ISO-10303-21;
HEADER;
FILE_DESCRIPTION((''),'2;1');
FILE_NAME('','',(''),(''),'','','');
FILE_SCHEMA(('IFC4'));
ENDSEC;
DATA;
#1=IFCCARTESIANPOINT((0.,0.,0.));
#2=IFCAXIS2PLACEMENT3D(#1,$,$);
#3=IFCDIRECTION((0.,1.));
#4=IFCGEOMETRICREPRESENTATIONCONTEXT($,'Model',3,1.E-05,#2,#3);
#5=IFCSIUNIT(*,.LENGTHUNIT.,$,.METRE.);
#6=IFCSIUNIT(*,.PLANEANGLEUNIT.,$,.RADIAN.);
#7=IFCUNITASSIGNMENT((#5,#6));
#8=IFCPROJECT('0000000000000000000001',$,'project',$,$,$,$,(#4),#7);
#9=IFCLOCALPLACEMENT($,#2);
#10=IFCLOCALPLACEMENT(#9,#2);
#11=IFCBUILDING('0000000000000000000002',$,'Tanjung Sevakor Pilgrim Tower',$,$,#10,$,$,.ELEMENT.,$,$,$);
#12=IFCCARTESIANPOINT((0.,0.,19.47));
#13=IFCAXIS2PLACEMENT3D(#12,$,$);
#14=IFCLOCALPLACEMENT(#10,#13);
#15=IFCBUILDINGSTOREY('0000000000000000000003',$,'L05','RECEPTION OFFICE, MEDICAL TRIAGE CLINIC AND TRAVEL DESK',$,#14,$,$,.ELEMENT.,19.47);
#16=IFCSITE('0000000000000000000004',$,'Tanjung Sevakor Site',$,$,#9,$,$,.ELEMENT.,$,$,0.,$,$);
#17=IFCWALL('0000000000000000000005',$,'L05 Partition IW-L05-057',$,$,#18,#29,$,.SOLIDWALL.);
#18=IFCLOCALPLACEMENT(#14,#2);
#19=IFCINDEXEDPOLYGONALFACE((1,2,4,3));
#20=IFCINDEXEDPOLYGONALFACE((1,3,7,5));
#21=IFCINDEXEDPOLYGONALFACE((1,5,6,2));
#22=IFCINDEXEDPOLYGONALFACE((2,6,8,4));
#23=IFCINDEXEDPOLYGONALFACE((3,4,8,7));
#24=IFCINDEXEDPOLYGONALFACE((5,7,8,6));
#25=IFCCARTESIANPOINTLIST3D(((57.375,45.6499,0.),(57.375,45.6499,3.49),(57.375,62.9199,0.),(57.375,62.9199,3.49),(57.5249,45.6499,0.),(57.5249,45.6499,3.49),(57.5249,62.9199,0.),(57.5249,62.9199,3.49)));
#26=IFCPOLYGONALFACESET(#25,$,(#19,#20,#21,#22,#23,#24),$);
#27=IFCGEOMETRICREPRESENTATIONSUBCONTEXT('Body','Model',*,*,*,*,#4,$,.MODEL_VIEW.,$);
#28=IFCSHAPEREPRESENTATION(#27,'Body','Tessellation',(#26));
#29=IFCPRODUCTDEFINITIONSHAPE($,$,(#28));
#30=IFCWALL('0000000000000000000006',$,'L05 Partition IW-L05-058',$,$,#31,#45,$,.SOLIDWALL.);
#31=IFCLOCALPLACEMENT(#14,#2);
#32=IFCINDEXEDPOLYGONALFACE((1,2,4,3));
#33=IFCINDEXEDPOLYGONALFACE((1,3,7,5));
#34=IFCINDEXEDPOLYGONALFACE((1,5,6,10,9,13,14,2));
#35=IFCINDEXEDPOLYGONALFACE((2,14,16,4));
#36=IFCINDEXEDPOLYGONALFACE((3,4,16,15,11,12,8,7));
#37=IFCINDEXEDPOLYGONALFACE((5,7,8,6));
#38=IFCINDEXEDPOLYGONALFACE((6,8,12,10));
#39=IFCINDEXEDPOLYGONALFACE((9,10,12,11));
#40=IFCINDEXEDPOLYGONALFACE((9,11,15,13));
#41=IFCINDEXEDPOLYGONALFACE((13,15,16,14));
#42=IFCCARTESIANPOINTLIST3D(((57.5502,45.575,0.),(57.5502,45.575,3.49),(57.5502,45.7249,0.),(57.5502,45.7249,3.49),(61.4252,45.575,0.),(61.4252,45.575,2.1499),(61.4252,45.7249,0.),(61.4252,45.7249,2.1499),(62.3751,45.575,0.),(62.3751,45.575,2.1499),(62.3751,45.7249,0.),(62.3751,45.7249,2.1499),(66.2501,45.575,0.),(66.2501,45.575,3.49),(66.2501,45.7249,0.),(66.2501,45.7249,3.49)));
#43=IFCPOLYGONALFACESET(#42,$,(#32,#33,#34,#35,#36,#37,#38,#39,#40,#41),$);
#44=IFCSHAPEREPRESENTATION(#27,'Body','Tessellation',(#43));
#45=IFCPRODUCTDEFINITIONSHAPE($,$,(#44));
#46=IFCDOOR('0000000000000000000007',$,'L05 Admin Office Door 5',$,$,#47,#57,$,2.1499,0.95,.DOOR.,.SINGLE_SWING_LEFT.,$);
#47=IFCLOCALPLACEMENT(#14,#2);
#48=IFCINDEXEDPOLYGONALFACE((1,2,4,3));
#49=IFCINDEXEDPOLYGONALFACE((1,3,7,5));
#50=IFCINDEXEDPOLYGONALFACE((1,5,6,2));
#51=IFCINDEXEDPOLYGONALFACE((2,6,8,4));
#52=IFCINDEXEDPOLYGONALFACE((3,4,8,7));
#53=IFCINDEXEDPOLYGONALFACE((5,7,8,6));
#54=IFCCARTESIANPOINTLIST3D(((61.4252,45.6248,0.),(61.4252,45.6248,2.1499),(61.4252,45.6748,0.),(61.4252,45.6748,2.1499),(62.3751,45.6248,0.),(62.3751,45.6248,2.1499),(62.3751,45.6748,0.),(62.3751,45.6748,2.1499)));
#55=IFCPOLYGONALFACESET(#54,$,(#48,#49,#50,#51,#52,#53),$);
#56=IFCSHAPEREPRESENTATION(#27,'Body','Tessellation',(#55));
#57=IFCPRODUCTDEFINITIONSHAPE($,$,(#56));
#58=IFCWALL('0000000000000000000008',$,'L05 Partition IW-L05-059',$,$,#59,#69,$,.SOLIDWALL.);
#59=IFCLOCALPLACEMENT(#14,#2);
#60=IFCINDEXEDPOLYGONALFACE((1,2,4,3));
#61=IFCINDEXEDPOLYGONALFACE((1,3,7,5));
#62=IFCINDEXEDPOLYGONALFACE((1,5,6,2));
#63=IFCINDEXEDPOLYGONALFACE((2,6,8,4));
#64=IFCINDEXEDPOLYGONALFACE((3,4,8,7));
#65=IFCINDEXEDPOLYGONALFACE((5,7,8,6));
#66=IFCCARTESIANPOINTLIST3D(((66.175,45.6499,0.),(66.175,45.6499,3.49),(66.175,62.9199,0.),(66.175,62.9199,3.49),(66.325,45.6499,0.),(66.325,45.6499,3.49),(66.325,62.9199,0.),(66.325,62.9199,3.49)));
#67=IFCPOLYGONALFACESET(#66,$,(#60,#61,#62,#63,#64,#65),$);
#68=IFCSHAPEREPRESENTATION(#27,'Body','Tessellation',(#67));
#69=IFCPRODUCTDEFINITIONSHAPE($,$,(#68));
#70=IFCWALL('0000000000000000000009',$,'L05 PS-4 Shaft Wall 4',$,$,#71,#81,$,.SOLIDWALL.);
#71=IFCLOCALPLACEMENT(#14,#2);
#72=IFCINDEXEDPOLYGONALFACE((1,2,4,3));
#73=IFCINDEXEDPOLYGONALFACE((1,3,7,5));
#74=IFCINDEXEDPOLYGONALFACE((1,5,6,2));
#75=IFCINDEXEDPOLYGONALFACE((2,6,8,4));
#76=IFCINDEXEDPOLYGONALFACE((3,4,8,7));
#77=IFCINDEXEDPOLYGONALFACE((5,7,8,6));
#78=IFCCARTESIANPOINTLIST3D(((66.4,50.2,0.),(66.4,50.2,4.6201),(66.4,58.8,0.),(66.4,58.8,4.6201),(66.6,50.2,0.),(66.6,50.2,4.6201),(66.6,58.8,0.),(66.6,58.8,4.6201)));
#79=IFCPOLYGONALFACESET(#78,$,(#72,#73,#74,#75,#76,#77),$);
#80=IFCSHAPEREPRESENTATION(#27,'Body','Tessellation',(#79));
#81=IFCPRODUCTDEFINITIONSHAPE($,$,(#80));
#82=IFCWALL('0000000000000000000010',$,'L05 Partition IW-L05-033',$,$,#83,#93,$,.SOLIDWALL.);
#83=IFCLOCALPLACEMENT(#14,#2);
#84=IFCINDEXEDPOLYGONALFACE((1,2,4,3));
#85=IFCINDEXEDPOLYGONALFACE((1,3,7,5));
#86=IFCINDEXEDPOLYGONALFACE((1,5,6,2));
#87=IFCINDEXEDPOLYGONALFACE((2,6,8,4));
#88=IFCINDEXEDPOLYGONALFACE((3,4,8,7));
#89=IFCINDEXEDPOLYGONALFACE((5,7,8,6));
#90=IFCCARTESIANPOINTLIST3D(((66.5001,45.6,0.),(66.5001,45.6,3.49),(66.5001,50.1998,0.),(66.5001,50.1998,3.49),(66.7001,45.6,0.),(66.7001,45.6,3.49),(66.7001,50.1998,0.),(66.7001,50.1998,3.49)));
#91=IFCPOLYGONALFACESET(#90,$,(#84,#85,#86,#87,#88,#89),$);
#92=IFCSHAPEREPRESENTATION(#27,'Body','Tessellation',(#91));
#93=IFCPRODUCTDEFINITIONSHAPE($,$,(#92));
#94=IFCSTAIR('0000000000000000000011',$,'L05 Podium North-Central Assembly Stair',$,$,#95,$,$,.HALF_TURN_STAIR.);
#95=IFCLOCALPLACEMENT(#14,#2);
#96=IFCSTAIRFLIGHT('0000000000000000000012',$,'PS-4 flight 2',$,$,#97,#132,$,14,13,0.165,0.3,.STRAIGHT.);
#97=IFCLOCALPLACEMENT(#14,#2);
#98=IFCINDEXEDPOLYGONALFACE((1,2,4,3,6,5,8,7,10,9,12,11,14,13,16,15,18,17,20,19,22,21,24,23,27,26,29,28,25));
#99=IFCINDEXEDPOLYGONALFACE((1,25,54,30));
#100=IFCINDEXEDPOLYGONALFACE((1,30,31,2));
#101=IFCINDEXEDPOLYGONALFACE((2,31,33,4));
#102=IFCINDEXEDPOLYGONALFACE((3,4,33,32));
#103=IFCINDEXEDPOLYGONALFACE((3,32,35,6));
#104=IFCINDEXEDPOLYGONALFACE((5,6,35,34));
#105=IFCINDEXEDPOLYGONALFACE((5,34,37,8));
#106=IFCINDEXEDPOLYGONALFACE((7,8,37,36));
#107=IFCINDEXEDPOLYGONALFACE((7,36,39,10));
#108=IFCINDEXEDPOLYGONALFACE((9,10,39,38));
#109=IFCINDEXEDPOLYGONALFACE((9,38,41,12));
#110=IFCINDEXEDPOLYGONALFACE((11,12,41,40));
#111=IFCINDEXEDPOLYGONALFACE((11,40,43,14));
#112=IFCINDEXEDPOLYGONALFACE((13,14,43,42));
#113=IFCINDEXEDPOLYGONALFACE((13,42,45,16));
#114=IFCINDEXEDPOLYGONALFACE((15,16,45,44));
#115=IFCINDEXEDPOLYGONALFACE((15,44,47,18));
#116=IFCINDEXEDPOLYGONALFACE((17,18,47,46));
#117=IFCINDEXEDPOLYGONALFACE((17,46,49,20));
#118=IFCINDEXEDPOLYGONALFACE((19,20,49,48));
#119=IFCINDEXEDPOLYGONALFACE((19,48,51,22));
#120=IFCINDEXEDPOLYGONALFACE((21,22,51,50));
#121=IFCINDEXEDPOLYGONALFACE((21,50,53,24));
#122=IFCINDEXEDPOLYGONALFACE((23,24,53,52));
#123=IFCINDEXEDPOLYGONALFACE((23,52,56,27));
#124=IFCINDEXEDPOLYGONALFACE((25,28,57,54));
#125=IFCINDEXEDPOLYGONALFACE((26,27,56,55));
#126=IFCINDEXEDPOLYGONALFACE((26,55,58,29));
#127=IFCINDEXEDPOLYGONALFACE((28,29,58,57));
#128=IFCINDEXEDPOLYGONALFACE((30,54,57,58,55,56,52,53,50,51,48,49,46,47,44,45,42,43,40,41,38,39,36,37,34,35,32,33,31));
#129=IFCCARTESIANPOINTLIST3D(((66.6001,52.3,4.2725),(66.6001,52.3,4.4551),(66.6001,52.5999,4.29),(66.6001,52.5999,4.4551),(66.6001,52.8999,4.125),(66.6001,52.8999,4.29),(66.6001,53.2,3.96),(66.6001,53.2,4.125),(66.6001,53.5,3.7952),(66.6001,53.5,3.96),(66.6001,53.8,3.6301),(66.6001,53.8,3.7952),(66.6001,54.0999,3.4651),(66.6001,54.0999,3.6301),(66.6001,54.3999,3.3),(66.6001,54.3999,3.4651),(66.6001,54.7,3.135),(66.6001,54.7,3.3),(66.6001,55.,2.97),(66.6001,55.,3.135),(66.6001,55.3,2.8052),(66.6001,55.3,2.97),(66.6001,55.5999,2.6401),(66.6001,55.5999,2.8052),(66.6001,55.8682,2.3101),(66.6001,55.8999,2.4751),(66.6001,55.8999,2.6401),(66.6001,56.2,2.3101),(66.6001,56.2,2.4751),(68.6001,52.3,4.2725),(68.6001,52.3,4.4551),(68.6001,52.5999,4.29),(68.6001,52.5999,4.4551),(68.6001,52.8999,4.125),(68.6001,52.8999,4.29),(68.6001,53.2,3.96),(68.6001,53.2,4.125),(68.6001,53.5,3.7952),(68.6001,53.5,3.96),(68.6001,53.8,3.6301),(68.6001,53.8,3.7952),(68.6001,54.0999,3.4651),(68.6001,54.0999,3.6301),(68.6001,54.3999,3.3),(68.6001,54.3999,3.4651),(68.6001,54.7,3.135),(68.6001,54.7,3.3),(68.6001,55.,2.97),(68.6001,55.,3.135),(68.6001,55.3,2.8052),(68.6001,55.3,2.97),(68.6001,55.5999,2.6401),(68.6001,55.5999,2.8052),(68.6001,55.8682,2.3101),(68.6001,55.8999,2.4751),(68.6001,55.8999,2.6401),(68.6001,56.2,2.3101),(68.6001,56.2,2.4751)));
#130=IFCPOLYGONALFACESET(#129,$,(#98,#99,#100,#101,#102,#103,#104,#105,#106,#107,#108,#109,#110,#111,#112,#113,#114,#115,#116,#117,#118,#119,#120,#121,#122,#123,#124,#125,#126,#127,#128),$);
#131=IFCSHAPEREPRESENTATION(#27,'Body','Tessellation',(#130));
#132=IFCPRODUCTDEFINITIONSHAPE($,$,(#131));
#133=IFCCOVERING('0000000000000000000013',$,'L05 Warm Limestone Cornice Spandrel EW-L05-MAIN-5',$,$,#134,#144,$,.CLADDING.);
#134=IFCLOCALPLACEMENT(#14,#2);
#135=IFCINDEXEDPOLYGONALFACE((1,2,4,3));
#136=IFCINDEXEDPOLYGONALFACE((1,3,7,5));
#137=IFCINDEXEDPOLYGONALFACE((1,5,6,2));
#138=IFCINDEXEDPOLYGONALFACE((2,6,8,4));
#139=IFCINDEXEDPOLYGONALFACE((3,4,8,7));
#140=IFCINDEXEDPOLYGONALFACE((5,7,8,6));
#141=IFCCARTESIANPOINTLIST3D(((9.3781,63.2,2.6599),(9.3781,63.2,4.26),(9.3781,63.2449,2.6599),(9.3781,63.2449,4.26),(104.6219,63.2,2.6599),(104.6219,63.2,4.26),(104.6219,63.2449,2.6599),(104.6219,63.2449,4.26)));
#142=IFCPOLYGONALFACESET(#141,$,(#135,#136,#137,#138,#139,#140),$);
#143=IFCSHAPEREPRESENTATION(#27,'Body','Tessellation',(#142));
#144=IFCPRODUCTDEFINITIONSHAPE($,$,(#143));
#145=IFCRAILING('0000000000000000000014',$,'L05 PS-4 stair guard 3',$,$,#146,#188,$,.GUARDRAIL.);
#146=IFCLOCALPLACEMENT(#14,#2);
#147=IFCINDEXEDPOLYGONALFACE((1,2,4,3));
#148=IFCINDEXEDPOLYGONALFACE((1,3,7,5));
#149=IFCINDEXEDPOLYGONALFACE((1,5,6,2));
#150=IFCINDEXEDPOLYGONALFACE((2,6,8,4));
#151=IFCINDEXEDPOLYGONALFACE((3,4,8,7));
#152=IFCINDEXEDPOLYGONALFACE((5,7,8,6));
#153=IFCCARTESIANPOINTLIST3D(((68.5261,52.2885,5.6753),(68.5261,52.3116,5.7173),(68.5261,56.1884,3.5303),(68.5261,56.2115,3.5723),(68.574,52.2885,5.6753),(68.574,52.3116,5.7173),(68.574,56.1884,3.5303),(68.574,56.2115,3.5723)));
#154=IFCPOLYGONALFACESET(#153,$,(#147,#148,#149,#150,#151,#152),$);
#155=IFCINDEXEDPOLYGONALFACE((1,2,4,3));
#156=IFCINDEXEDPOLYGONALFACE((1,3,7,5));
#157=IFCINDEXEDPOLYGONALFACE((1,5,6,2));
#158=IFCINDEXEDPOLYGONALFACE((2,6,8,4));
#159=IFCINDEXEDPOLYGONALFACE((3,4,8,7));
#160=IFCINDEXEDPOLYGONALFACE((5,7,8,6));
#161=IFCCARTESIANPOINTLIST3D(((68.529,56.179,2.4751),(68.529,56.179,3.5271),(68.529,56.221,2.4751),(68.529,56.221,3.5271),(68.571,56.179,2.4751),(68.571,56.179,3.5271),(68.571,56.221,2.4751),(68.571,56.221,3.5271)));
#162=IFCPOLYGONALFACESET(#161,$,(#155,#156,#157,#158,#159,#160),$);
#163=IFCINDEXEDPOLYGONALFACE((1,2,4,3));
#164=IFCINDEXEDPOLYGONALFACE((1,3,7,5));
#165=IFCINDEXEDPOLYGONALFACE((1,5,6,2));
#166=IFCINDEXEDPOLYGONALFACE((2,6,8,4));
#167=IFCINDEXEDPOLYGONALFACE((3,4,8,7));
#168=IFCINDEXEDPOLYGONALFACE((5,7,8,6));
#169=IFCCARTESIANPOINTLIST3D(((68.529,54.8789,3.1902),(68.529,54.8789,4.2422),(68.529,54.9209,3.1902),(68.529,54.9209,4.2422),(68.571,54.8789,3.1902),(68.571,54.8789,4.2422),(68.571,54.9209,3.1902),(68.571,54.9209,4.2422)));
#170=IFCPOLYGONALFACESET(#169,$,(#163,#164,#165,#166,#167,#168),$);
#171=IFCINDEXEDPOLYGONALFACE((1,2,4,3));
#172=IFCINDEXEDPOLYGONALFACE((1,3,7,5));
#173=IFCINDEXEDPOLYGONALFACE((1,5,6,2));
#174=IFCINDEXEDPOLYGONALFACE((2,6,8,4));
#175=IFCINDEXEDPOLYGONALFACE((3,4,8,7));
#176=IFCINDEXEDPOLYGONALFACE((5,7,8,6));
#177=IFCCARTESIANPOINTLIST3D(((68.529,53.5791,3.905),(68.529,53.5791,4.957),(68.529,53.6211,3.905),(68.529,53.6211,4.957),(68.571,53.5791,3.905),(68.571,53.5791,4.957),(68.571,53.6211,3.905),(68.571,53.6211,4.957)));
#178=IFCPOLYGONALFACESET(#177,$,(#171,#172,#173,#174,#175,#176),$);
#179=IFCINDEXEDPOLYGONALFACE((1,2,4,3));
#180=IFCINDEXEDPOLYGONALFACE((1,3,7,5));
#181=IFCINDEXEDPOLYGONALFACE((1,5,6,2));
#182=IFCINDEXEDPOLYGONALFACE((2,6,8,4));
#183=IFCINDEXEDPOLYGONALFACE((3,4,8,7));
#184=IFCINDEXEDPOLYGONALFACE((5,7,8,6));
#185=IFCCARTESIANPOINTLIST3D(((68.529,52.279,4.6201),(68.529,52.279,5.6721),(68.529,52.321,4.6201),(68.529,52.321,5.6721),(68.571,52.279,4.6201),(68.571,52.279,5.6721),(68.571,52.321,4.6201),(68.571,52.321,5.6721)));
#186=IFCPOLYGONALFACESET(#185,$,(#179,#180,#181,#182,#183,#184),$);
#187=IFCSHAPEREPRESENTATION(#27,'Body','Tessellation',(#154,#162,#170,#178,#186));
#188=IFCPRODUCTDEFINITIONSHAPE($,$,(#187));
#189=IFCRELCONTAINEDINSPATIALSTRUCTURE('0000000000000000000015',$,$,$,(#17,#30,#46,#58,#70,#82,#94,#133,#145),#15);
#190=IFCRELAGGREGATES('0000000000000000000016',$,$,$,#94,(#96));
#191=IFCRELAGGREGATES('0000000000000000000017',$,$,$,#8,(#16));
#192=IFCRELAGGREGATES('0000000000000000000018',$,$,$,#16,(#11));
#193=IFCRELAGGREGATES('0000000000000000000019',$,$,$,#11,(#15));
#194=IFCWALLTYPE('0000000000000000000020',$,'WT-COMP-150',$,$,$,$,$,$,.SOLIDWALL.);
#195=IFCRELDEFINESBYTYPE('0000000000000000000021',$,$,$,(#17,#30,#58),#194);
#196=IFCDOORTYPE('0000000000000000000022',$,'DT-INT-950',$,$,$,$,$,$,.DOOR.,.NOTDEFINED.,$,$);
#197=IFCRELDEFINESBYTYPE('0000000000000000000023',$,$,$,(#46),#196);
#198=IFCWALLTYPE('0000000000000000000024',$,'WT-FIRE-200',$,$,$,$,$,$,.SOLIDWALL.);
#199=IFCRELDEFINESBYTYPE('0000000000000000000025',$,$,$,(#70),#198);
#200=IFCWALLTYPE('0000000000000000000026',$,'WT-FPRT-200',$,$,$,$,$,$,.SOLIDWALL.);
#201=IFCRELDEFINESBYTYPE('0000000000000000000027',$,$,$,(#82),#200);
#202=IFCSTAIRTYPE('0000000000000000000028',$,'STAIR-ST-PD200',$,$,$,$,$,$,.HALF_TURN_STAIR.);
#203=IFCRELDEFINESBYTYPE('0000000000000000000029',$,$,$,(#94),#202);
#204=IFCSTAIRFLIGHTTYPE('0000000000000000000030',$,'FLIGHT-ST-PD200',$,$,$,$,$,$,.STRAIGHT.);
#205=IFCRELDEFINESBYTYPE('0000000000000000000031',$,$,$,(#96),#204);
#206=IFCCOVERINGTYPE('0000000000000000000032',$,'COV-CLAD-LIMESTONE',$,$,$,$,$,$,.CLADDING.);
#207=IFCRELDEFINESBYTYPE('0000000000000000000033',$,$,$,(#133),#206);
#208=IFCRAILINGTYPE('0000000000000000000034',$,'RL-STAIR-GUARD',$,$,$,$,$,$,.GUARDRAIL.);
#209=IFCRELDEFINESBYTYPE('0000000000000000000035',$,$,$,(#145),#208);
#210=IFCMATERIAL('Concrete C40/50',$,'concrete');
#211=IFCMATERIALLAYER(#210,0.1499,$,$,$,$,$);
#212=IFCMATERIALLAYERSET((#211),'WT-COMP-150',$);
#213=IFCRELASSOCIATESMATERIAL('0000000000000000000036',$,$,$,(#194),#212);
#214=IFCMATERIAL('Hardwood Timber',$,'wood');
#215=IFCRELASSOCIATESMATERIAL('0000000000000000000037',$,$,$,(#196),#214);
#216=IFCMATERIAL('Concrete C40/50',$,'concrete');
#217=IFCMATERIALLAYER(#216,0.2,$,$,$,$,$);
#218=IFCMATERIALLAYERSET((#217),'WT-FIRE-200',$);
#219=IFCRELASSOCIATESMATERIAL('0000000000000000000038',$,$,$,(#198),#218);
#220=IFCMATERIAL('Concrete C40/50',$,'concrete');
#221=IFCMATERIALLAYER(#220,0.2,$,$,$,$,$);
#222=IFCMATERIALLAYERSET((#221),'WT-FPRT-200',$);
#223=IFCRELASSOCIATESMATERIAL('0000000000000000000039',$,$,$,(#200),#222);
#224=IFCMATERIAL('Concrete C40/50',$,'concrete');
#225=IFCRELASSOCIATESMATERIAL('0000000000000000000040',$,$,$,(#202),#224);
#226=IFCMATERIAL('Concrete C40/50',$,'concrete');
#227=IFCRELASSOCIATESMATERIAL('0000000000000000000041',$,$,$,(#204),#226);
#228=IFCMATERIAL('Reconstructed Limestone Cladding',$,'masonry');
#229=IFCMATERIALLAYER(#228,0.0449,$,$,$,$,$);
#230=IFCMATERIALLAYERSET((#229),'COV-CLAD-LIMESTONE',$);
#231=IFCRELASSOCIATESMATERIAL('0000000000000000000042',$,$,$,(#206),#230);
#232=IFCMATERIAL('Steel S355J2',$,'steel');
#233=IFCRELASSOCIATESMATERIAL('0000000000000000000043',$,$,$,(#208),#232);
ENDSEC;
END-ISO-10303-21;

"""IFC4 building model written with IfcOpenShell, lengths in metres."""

from ifc_helpers import new_model, si_unit, direction, frame, frame_2d, origin, origin_2d, place, context, subcontext, project, spatial, polyline, rectangle, outline, extrude, material, layer, layer_set, type_object, element, fill, aggregate, save


model = new_model("IFC4")

# Units and contexts
model_context = context("Model", 3, precision=1e-05, world=origin(), true_north=direction((0.0, 1.0)))
body_context = subcontext(model_context, "Body", "Model", "MODEL_VIEW")
ifc_project = project(units=[si_unit("LENGTHUNIT", "METRE"), si_unit("PLANEANGLEUNIT", "RADIAN")], contexts=[model_context])

# Site, building, storey
site_placement = place(None, origin())
site = spatial("IfcSite", under=ifc_project, at=site_placement, Name="Tanjung Sevakor Site", CompositionType="ELEMENT", RefElevation=0.0)
building_placement = place(site_placement, origin())
building = spatial("IfcBuilding", under=site, at=building_placement, Name="Tanjung Sevakor Pilgrim Tower", CompositionType="ELEMENT")
storey_placement = place(building_placement, frame((0.0, 0.0, 19.47)))
storey = spatial("IfcBuildingStorey", under=building, at=storey_placement, Name="L05", Description="RECEPTION OFFICE, MEDICAL TRIAGE CLINIC AND TRAVEL DESK", CompositionType="ELEMENT", Elevation=19.47)

# Wall
ifc_material_1 = material(Name="Concrete C40/50", Category="concrete")
ifc_layer_1 = layer(ifc_material_1, 0.1499)
ifc_layer_set_1 = layer_set([ifc_layer_1], Name="WT-COMP-150")
wall_type_1 = type_object("IfcWallType", Name="WT-COMP-150", PredefinedType="SOLIDWALL", material=ifc_layer_set_1)
wall_1_placement = place(storey_placement, frame((57.45, 45.6499, 0.0), z_axis=(0.0, 0.0, 1.0), x_axis=(0.0, 1.0, 0.0)))
element("IfcWall", 1, at=wall_1_placement, inside=storey, type_object=wall_type_1, Name="L05 Partition IW-L05-057", PredefinedType="SOLIDWALL", context=body_context, shape_type="SweptSolid", body=[
    extrude(rectangle(XDim=17.27, YDim=0.1499, at=frame_2d((8.635, 0.0))), origin(), (0.0, 0.0, 1.0), 3.49),
])

# Wall, opening, door
wall_2_placement = place(storey_placement, frame((57.55, 45.6499, 0.0), z_axis=(0.0, 0.0, 1.0), x_axis=(1.0, 0.0, 0.0)))
wall_2 = element("IfcWall", 2, at=wall_2_placement, inside=storey, type_object=wall_type_1, Name="L05 Partition IW-L05-058", PredefinedType="SOLIDWALL", context=body_context, shape_type="SweptSolid", body=[
    extrude(rectangle(XDim=8.7, YDim=0.1499, at=frame_2d((4.3501, 0.0))), origin(), (0.0, 0.0, 1.0), 3.49),
])
opening_1_placement = place(wall_2_placement, frame((3.875, 0.0, 0.0)))
opening_1 = element("IfcOpeningElement", 3, at=opening_1_placement, cuts=wall_2, PredefinedType="OPENING", context=body_context, shape_type="SweptSolid", body=[
    extrude(rectangle(XDim=0.95, YDim=2.1499, at=frame_2d((0.4751, 1.075))), frame((0.0, 0.085, 0.0), z_axis=(0.0, -1.0, 0.0), x_axis=(1.0, 0.0, 0.0)), (0.0, 0.0, 1.0), 0.1699),
])
ifc_material_2 = material(Name="Hardwood Timber", Category="wood")
door_type_1 = type_object("IfcDoorType", Name="DT-INT-950", OperationType="NOTDEFINED", PredefinedType="DOOR", material=ifc_material_2)
door_1_placement = place(opening_1_placement, origin())
door_1 = element("IfcDoor", 4, at=door_1_placement, inside=storey, type_object=door_type_1, Name="L05 Admin Office Door 5", OperationType="SINGLE_SWING_LEFT", OverallHeight=2.1499, OverallWidth=0.95, PredefinedType="DOOR", context=body_context, shape_type="SweptSolid", body=[
    extrude(rectangle(XDim=0.95, YDim=2.1499, at=frame_2d((0.4751, 1.075))), frame((0.0, 0.0249, 0.0), z_axis=(0.0, -1.0, 0.0), x_axis=(1.0, 0.0, 0.0)), (0.0, 0.0, 1.0), 0.05),
])
fill(opening_1, door_1)

# Wall
wall_3_placement = place(storey_placement, frame((66.25, 45.6499, 0.0), z_axis=(0.0, 0.0, 1.0), x_axis=(0.0, 1.0, 0.0)))
element("IfcWall", 5, at=wall_3_placement, inside=storey, type_object=wall_type_1, Name="L05 Partition IW-L05-059", PredefinedType="SOLIDWALL", context=body_context, shape_type="SweptSolid", body=[
    extrude(rectangle(XDim=17.27, YDim=0.1499, at=frame_2d((8.635, 0.0))), origin(), (0.0, 0.0, 1.0), 3.49),
])

# Shared definitions
ifc_material_3 = material(Name="Concrete C40/50", Category="concrete")
ifc_layer_2 = layer(ifc_material_3, 0.2)
ifc_layer_set_2 = layer_set([ifc_layer_2], Name="WT-FIRE-200")
wall_type_2 = type_object("IfcWallType", Name="WT-FIRE-200", PredefinedType="SOLIDWALL", material=ifc_layer_set_2)

# Walls
wall_4_placement = place(storey_placement, frame((66.5, 58.8, 0.0), z_axis=(0.0, 0.0, 1.0), x_axis=(0.0, -1.0, 0.0)))
element("IfcWall", 6, at=wall_4_placement, inside=storey, type_object=wall_type_2, Name="L05 PS-4 Shaft Wall 4", PredefinedType="SOLIDWALL", context=body_context, shape_type="SweptSolid", body=[
    extrude(rectangle(XDim=8.6001, YDim=0.2, at=frame_2d((4.3, 0.0))), origin(), (0.0, 0.0, 1.0), 4.6201),
])
ifc_material_4 = material(Name="Concrete C40/50", Category="concrete")
ifc_layer_3 = layer(ifc_material_4, 0.2)
ifc_layer_set_3 = layer_set([ifc_layer_3], Name="WT-FPRT-200")
wall_type_3 = type_object("IfcWallType", Name="WT-FPRT-200", PredefinedType="SOLIDWALL", material=ifc_layer_set_3)
wall_5_placement = place(storey_placement, frame((66.6001, 45.6001, 0.0), z_axis=(0.0, 0.0, 1.0), x_axis=(0.0, 1.0, 0.0)))
element("IfcWall", 7, at=wall_5_placement, inside=storey, type_object=wall_type_3, Name="L05 Partition IW-L05-033", PredefinedType="SOLIDWALL", context=body_context, shape_type="SweptSolid", body=[
    extrude(rectangle(XDim=4.5999, YDim=0.2, at=frame_2d((2.2998, 0.0))), origin(), (0.0, 0.0, 1.0), 3.49),
])

# Stair, stair flight
ifc_material_5 = material(Name="Concrete C40/50", Category="concrete")
stair_type = type_object("IfcStairType", Name="STAIR-ST-PD200", PredefinedType="HALF_TURN_STAIR", material=ifc_material_5)
stair_placement = place(storey_placement, origin())
stair = element("IfcStair", 8, at=stair_placement, inside=storey, type_object=stair_type, Name="L05 Podium North-Central Assembly Stair", PredefinedType="HALF_TURN_STAIR")
ifc_material_6 = material(Name="Concrete C40/50", Category="concrete")
stair_flight_type = type_object("IfcStairFlightType", Name="FLIGHT-ST-PD200", PredefinedType="STRAIGHT", material=ifc_material_6)
stair_flight_placement = place(storey_placement, frame((67.6001, 56.2, 2.3101), z_axis=(0.0, 0.0, 1.0), x_axis=(0.0, -1.0, 0.0)))
stair_flight = element("IfcStairFlight", 9, at=stair_flight_placement, type_object=stair_flight_type, Name="PS-4 flight 2", NumberOfRisers=14, NumberOfTreads=13, PredefinedType="STRAIGHT", RiserHeight=0.165, TreadLength=0.3, context=body_context, shape_type="SweptSolid", body=[
    extrude(outline(polyline([(0.0, 0.0), (0.0, 0.165), (0.3, 0.165), (0.3, 0.3301), (0.6001, 0.3301), (0.6001, 0.4951), (0.8999, 0.4951), (0.8999, 0.6599), (1.2, 0.6599), (1.2, 0.825), (1.5, 0.825), (1.5, 0.99), (1.8, 0.99), (1.8, 1.155), (2.1001, 1.155), (2.1001, 1.3201), (2.3999, 1.3201), (2.3999, 1.4851), (2.7, 1.4851), (2.7, 1.6499), (3.0, 1.6499), (3.0, 1.8149), (3.3, 1.8149), (3.3, 1.98), (3.6001, 1.98), (3.6001, 2.145), (3.8999, 2.145), (3.8999, 2.3101), (3.8999, 1.9624), (0.3318, 0.0), (0.0, 0.0)])), frame((0.0, 1.0, 0.0), z_axis=(0.0, -1.0, 0.0), x_axis=(1.0, 0.0, 0.0)), (0.0, 0.0, 1.0), 2.0),
])
aggregate(stair, [stair_flight])

# Covering
ifc_material_7 = material(Name="Reconstructed Limestone Cladding", Category="masonry")
ifc_layer_4 = layer(ifc_material_7, 0.0449)
ifc_layer_set_4 = layer_set([ifc_layer_4], Name="COV-CLAD-LIMESTONE")
covering_type = type_object("IfcCoveringType", Name="COV-CLAD-LIMESTONE", PredefinedType="CLADDING", material=ifc_layer_set_4)
covering_placement = place(storey_placement, frame((57.0, 63.2224, 2.6599), z_axis=(0.0, 0.0, 1.0), x_axis=(-1.0, 0.0, 0.0)))
element("IfcCovering", 10, at=covering_placement, inside=storey, type_object=covering_type, Name="L05 Warm Limestone Cornice Spandrel EW-L05-MAIN-5", PredefinedType="CLADDING", context=body_context, shape_type="SweptSolid", body=[
    extrude(rectangle(XDim=95.2439, YDim=0.0449, at=origin_2d()), origin(), (0.0, 0.0, 1.0), 1.6001),
])

# Railing
ifc_material_8 = material(Name="Steel S355J2", Category="steel")
railing_type_1 = type_object("IfcRailingType", Name="RL-STAIR-GUARD", PredefinedType="GUARDRAIL", material=ifc_material_8)
railing_1_placement = place(storey_placement, frame((68.55, 56.2, 2.4751)))
element("IfcRailing", 11, at=railing_1_placement, inside=storey, type_object=railing_type_1, Name="L05 PS-4 stair guard 3", PredefinedType="GUARDRAIL", context=body_context, shape_type="SweptSolid", body=[
    extrude(rectangle(XDim=0.0479, YDim=0.0479), frame((0.0, 0.0, 1.0762), z_axis=(0.0, -0.876209, 0.481931), x_axis=(1.0, 0.0, 0.0)), (0.0, 0.0, 1.0), 4.4509),
    extrude(rectangle(XDim=0.042, YDim=0.042), origin(), (0.0, 0.0, 1.0), 1.052),
    extrude(rectangle(XDim=0.042, YDim=0.042), frame((0.0, -1.3, 0.7151)), (0.0, 0.0, 1.0), 1.052),
    extrude(rectangle(XDim=0.042, YDim=0.042), frame((0.0, -2.5999, 1.4299)), (0.0, 0.0, 1.0), 1.052),
    extrude(rectangle(XDim=0.042, YDim=0.042), frame((0.0, -3.8999, 2.145)), (0.0, 0.0, 1.0), 1.052),
])

save(model, "model.ifc")
